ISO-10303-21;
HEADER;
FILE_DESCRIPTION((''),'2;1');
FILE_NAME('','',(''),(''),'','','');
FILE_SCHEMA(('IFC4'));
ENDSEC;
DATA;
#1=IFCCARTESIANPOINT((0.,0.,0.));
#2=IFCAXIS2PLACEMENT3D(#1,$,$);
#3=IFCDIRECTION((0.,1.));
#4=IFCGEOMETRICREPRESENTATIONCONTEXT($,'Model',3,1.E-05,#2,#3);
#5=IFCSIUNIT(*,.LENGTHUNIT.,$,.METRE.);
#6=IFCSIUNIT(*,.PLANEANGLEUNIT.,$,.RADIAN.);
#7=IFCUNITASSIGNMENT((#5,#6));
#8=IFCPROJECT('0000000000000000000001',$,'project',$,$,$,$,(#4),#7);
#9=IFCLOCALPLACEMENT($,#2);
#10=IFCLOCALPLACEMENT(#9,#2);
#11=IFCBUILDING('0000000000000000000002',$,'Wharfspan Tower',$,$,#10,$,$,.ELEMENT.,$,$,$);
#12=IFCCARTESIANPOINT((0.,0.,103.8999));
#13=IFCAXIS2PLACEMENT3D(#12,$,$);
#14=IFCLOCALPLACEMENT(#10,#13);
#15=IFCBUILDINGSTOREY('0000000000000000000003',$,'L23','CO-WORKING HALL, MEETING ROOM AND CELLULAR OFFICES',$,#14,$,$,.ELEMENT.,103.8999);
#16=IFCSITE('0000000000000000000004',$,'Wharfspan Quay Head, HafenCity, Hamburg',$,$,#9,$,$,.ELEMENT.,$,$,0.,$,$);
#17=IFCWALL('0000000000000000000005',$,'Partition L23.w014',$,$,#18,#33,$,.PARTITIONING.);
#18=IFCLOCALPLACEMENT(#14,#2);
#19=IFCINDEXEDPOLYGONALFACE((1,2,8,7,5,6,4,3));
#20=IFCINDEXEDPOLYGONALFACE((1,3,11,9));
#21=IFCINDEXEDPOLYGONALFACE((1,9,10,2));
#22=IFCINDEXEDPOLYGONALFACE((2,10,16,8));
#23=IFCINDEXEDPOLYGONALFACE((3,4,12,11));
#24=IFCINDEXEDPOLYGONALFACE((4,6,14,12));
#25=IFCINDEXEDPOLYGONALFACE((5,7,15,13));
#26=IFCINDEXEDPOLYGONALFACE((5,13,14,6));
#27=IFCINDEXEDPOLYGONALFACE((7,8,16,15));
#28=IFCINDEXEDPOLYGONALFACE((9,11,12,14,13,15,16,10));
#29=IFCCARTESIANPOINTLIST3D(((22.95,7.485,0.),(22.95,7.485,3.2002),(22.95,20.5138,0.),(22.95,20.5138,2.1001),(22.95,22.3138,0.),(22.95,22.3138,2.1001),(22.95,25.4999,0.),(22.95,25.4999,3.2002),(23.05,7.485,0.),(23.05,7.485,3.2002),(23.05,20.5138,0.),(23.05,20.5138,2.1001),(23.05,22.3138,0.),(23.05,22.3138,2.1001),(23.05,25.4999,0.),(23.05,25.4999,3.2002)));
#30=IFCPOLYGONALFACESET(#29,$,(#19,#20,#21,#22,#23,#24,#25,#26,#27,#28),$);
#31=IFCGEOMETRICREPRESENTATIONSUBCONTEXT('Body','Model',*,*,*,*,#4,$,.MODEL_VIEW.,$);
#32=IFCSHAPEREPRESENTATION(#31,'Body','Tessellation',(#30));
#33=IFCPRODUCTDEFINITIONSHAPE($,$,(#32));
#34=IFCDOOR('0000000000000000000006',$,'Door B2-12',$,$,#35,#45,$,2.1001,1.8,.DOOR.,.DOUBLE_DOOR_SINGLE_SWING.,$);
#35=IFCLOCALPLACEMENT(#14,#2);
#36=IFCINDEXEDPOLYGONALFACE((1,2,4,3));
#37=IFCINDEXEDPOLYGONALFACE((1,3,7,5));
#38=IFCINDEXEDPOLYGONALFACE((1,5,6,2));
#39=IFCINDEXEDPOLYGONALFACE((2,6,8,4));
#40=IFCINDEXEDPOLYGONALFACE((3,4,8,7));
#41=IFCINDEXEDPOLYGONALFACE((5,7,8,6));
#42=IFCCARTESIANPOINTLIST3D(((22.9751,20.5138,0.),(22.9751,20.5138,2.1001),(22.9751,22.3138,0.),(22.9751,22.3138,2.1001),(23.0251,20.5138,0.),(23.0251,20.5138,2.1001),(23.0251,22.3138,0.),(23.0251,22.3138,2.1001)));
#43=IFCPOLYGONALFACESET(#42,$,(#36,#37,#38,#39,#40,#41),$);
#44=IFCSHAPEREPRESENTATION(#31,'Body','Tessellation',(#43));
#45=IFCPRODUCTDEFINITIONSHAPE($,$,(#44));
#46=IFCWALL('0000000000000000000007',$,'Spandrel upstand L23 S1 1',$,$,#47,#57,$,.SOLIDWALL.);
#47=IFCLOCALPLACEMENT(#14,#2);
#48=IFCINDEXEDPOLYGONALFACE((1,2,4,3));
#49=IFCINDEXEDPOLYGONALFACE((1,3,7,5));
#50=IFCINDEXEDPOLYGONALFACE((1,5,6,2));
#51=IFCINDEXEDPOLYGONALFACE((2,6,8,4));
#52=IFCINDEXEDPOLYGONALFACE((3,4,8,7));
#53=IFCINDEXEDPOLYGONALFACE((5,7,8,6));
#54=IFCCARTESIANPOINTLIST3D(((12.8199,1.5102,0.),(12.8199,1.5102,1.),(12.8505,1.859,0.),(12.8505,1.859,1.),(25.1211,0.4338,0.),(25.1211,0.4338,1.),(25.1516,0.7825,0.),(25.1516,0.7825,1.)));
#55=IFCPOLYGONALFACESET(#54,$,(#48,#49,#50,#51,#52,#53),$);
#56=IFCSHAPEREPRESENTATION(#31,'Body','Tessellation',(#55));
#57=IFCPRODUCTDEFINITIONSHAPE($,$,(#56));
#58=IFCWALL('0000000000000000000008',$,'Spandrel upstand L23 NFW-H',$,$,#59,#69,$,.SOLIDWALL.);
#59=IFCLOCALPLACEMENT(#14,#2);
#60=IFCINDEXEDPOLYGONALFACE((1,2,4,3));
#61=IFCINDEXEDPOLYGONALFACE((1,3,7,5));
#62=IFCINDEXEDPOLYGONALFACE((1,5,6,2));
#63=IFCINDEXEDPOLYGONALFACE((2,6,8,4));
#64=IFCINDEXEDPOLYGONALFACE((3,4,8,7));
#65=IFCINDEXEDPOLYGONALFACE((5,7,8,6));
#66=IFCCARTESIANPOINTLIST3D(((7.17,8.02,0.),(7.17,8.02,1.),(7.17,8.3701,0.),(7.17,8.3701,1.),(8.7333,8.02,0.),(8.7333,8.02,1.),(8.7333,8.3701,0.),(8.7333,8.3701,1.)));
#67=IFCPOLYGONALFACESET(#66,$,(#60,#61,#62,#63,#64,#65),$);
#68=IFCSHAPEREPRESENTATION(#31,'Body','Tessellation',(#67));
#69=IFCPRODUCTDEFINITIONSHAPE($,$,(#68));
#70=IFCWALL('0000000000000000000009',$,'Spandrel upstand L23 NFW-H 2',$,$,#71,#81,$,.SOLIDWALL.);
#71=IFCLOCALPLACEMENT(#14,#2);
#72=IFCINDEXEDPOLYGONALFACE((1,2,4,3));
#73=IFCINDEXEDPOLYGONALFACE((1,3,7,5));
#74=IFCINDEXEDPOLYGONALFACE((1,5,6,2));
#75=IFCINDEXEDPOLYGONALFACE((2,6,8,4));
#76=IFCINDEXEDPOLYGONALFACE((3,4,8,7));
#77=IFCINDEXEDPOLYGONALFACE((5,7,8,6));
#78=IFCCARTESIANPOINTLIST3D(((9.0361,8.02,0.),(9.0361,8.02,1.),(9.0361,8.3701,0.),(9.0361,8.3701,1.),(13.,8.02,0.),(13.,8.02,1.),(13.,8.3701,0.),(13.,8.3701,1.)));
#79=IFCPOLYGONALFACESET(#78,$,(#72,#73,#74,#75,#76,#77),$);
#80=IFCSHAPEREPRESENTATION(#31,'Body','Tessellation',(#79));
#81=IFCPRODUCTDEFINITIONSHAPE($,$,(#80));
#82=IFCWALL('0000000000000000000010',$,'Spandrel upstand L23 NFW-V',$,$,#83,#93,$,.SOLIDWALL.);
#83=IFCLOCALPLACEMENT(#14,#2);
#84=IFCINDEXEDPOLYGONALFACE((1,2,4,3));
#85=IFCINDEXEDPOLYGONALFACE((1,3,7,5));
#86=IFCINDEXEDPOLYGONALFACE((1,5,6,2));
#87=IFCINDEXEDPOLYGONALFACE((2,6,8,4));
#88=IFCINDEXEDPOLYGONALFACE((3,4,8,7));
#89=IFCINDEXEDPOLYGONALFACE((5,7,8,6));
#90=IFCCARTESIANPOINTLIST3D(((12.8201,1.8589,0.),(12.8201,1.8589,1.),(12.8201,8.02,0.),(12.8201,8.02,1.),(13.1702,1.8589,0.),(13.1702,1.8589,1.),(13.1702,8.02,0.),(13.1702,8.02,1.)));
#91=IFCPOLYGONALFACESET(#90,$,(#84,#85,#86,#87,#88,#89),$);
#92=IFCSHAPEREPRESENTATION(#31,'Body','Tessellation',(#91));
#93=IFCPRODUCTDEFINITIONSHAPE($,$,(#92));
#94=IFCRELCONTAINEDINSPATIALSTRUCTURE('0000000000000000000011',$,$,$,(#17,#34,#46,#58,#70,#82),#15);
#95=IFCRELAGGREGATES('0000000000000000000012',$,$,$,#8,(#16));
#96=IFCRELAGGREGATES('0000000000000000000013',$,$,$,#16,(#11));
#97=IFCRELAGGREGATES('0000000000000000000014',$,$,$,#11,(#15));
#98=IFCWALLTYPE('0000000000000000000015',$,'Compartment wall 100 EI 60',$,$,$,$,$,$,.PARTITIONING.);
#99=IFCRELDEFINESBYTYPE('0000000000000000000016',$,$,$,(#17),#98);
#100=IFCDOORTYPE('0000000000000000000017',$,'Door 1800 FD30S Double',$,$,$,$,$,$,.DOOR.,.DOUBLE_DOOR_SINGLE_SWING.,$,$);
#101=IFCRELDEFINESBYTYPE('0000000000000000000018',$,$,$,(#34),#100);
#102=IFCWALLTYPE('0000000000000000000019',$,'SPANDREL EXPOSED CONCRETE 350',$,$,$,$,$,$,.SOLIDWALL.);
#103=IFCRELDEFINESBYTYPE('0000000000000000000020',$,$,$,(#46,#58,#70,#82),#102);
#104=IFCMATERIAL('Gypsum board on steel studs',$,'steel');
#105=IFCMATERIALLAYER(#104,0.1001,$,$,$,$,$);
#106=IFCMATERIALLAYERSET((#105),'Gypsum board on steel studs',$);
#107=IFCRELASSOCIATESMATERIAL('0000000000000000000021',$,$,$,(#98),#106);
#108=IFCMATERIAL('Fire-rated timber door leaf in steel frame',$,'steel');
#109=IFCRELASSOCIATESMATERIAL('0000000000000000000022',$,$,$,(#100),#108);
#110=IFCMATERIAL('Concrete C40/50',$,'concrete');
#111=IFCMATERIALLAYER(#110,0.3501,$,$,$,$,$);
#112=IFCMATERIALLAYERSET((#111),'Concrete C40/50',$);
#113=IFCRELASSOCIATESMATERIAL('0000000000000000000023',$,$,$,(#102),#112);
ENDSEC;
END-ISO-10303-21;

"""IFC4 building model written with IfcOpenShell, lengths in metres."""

from ifc_helpers import new_model, si_unit, direction, frame, frame_2d, origin, place, context, subcontext, project, spatial, rectangle, extrude, material, layer, layer_set, type_object, element, fill, save


model = new_model("IFC4")

# Units and contexts
model_context = context("Model", 3, precision=1e-05, world=origin(), true_north=direction((0.0, 1.0)))
body_context = subcontext(model_context, "Body", "Model", "MODEL_VIEW")
ifc_project = project(units=[si_unit("LENGTHUNIT", "METRE"), si_unit("PLANEANGLEUNIT", "RADIAN")], contexts=[model_context])

# Site, building, storey
site_placement = place(None, origin())
site = spatial("IfcSite", under=ifc_project, at=site_placement, Name="Wharfspan Quay Head, HafenCity, Hamburg", CompositionType="ELEMENT", RefElevation=0.0)
building_placement = place(site_placement, origin())
building = spatial("IfcBuilding", under=site, at=building_placement, Name="Wharfspan Tower", CompositionType="ELEMENT")
storey_placement = place(building_placement, frame((0.0, 0.0, 103.8999)))
storey = spatial("IfcBuildingStorey", under=building, at=storey_placement, Name="L23", Description="CO-WORKING HALL, MEETING ROOM AND CELLULAR OFFICES", CompositionType="ELEMENT", Elevation=103.8999)

# Shared definitions
ifc_material_1 = material(Name="Gypsum board on steel studs", Category="steel")
ifc_layer_1 = layer(ifc_material_1, 0.1001)
ifc_layer_set_1 = layer_set([ifc_layer_1], Name="Gypsum board on steel studs")
wall_type_1 = type_object("IfcWallType", Name="Compartment wall 100 EI 60", PredefinedType="PARTITIONING", material=ifc_layer_set_1)

# Shared definitions
ifc_material_2 = material(Name="Fire-rated timber door leaf in steel frame", Category="steel")

# Wall, opening, door
wall_1_placement = place(storey_placement, frame((23.0, 7.4851, 0.0), z_axis=(0.0, 0.0, 1.0), x_axis=(0.0, 1.0, 0.0)))
wall_1 = element("IfcWall", 1, at=wall_1_placement, inside=storey, type_object=wall_type_1, Name="Partition L23.w014", PredefinedType="PARTITIONING", context=body_context, shape_type="SweptSolid", body=[
    extrude(rectangle(XDim=18.0149, YDim=0.1001, at=frame_2d((9.0073, 0.0))), origin(), (0.0, 0.0, 1.0), 3.2002),
])
opening_1_placement = place(wall_1_placement, frame((13.0288, 0.0, 0.0)))
opening_1 = element("IfcOpeningElement", 2, at=opening_1_placement, cuts=wall_1, PredefinedType="OPENING", context=body_context, shape_type="SweptSolid", body=[
    extrude(rectangle(XDim=1.8, YDim=2.1001, at=frame_2d((0.8999, 1.05))), frame((0.0, 0.0601, 0.0), z_axis=(0.0, -1.0, 0.0), x_axis=(1.0, 0.0, 0.0)), (0.0, 0.0, 1.0), 0.1201),
])
door_type_1 = type_object("IfcDoorType", Name="Door 1800 FD30S Double", OperationType="DOUBLE_DOOR_SINGLE_SWING", PredefinedType="DOOR", material=ifc_material_2)
door_1_placement = place(opening_1_placement, origin())
door_1 = element("IfcDoor", 3, at=door_1_placement, inside=storey, type_object=door_type_1, Name="Door B2-12", OperationType="DOUBLE_DOOR_SINGLE_SWING", OverallHeight=2.1001, OverallWidth=1.8, PredefinedType="DOOR", context=body_context, shape_type="SweptSolid", body=[
    extrude(rectangle(XDim=1.8, YDim=2.1001, at=frame_2d((0.8999, 1.05))), frame((0.0, 0.0249, 0.0), z_axis=(0.0, -1.0, 0.0), x_axis=(1.0, 0.0, 0.0)), (0.0, 0.0, 1.0), 0.05),
])
fill(opening_1, door_1)

# Walls
ifc_material_3 = material(Name="Concrete C40/50", Category="concrete")
ifc_layer_2 = layer(ifc_material_3, 0.3501)
ifc_layer_set_2 = layer_set([ifc_layer_2], Name="Concrete C40/50")
wall_type_2 = type_object("IfcWallType", Name="SPANDREL EXPOSED CONCRETE 350", PredefinedType="SOLIDWALL", material=ifc_layer_set_2)
wall_2_placement = place(storey_placement, frame((12.8352, 1.6846, 0.0), z_axis=(0.0, 0.0, 1.0), x_axis=(0.996192, -0.087173, 0.0)))
element("IfcWall", 4, at=wall_2_placement, inside=storey, type_object=wall_type_2, Name="Spandrel upstand L23 S1 1", PredefinedType="SOLIDWALL", context=body_context, shape_type="SweptSolid", body=[
    extrude(rectangle(XDim=12.3481, YDim=0.3501, at=frame_2d((6.1741, 0.0))), origin(), (0.0, 0.0, 1.0), 1.0),
])
wall_3_placement = place(storey_placement, frame((7.1699, 8.1951, 0.0), z_axis=(0.0, 0.0, 1.0), x_axis=(1.0, 0.0, 0.0)))
element("IfcWall", 5, at=wall_3_placement, inside=storey, type_object=wall_type_2, Name="Spandrel upstand L23 NFW-H", PredefinedType="SOLIDWALL", context=body_context, shape_type="SweptSolid", body=[
    extrude(rectangle(XDim=1.5632, YDim=0.3501, at=frame_2d((0.7817, 0.0))), origin(), (0.0, 0.0, 1.0), 1.0),
])
wall_4_placement = place(storey_placement, frame((9.0361, 8.1951, 0.0), z_axis=(0.0, 0.0, 1.0), x_axis=(1.0, 0.0, 0.0)))
element("IfcWall", 6, at=wall_4_placement, inside=storey, type_object=wall_type_2, Name="Spandrel upstand L23 NFW-H 2", PredefinedType="SOLIDWALL", context=body_context, shape_type="SweptSolid", body=[
    extrude(rectangle(XDim=3.9639, YDim=0.3501, at=frame_2d((1.9819, 0.0))), origin(), (0.0, 0.0, 1.0), 1.0),
])
wall_5_placement = place(storey_placement, frame((12.9951, 8.02, 0.0), z_axis=(0.0, 0.0, 1.0), x_axis=(0.0, -1.0, 0.0)))
element("IfcWall", 7, at=wall_5_placement, inside=storey, type_object=wall_type_2, Name="Spandrel upstand L23 NFW-V", PredefinedType="SOLIDWALL", context=body_context, shape_type="SweptSolid", body=[
    extrude(rectangle(XDim=6.1611, YDim=0.3501, at=frame_2d((3.0806, 0.0))), origin(), (0.0, 0.0, 1.0), 1.0),
])

save(model, "model.ifc")
